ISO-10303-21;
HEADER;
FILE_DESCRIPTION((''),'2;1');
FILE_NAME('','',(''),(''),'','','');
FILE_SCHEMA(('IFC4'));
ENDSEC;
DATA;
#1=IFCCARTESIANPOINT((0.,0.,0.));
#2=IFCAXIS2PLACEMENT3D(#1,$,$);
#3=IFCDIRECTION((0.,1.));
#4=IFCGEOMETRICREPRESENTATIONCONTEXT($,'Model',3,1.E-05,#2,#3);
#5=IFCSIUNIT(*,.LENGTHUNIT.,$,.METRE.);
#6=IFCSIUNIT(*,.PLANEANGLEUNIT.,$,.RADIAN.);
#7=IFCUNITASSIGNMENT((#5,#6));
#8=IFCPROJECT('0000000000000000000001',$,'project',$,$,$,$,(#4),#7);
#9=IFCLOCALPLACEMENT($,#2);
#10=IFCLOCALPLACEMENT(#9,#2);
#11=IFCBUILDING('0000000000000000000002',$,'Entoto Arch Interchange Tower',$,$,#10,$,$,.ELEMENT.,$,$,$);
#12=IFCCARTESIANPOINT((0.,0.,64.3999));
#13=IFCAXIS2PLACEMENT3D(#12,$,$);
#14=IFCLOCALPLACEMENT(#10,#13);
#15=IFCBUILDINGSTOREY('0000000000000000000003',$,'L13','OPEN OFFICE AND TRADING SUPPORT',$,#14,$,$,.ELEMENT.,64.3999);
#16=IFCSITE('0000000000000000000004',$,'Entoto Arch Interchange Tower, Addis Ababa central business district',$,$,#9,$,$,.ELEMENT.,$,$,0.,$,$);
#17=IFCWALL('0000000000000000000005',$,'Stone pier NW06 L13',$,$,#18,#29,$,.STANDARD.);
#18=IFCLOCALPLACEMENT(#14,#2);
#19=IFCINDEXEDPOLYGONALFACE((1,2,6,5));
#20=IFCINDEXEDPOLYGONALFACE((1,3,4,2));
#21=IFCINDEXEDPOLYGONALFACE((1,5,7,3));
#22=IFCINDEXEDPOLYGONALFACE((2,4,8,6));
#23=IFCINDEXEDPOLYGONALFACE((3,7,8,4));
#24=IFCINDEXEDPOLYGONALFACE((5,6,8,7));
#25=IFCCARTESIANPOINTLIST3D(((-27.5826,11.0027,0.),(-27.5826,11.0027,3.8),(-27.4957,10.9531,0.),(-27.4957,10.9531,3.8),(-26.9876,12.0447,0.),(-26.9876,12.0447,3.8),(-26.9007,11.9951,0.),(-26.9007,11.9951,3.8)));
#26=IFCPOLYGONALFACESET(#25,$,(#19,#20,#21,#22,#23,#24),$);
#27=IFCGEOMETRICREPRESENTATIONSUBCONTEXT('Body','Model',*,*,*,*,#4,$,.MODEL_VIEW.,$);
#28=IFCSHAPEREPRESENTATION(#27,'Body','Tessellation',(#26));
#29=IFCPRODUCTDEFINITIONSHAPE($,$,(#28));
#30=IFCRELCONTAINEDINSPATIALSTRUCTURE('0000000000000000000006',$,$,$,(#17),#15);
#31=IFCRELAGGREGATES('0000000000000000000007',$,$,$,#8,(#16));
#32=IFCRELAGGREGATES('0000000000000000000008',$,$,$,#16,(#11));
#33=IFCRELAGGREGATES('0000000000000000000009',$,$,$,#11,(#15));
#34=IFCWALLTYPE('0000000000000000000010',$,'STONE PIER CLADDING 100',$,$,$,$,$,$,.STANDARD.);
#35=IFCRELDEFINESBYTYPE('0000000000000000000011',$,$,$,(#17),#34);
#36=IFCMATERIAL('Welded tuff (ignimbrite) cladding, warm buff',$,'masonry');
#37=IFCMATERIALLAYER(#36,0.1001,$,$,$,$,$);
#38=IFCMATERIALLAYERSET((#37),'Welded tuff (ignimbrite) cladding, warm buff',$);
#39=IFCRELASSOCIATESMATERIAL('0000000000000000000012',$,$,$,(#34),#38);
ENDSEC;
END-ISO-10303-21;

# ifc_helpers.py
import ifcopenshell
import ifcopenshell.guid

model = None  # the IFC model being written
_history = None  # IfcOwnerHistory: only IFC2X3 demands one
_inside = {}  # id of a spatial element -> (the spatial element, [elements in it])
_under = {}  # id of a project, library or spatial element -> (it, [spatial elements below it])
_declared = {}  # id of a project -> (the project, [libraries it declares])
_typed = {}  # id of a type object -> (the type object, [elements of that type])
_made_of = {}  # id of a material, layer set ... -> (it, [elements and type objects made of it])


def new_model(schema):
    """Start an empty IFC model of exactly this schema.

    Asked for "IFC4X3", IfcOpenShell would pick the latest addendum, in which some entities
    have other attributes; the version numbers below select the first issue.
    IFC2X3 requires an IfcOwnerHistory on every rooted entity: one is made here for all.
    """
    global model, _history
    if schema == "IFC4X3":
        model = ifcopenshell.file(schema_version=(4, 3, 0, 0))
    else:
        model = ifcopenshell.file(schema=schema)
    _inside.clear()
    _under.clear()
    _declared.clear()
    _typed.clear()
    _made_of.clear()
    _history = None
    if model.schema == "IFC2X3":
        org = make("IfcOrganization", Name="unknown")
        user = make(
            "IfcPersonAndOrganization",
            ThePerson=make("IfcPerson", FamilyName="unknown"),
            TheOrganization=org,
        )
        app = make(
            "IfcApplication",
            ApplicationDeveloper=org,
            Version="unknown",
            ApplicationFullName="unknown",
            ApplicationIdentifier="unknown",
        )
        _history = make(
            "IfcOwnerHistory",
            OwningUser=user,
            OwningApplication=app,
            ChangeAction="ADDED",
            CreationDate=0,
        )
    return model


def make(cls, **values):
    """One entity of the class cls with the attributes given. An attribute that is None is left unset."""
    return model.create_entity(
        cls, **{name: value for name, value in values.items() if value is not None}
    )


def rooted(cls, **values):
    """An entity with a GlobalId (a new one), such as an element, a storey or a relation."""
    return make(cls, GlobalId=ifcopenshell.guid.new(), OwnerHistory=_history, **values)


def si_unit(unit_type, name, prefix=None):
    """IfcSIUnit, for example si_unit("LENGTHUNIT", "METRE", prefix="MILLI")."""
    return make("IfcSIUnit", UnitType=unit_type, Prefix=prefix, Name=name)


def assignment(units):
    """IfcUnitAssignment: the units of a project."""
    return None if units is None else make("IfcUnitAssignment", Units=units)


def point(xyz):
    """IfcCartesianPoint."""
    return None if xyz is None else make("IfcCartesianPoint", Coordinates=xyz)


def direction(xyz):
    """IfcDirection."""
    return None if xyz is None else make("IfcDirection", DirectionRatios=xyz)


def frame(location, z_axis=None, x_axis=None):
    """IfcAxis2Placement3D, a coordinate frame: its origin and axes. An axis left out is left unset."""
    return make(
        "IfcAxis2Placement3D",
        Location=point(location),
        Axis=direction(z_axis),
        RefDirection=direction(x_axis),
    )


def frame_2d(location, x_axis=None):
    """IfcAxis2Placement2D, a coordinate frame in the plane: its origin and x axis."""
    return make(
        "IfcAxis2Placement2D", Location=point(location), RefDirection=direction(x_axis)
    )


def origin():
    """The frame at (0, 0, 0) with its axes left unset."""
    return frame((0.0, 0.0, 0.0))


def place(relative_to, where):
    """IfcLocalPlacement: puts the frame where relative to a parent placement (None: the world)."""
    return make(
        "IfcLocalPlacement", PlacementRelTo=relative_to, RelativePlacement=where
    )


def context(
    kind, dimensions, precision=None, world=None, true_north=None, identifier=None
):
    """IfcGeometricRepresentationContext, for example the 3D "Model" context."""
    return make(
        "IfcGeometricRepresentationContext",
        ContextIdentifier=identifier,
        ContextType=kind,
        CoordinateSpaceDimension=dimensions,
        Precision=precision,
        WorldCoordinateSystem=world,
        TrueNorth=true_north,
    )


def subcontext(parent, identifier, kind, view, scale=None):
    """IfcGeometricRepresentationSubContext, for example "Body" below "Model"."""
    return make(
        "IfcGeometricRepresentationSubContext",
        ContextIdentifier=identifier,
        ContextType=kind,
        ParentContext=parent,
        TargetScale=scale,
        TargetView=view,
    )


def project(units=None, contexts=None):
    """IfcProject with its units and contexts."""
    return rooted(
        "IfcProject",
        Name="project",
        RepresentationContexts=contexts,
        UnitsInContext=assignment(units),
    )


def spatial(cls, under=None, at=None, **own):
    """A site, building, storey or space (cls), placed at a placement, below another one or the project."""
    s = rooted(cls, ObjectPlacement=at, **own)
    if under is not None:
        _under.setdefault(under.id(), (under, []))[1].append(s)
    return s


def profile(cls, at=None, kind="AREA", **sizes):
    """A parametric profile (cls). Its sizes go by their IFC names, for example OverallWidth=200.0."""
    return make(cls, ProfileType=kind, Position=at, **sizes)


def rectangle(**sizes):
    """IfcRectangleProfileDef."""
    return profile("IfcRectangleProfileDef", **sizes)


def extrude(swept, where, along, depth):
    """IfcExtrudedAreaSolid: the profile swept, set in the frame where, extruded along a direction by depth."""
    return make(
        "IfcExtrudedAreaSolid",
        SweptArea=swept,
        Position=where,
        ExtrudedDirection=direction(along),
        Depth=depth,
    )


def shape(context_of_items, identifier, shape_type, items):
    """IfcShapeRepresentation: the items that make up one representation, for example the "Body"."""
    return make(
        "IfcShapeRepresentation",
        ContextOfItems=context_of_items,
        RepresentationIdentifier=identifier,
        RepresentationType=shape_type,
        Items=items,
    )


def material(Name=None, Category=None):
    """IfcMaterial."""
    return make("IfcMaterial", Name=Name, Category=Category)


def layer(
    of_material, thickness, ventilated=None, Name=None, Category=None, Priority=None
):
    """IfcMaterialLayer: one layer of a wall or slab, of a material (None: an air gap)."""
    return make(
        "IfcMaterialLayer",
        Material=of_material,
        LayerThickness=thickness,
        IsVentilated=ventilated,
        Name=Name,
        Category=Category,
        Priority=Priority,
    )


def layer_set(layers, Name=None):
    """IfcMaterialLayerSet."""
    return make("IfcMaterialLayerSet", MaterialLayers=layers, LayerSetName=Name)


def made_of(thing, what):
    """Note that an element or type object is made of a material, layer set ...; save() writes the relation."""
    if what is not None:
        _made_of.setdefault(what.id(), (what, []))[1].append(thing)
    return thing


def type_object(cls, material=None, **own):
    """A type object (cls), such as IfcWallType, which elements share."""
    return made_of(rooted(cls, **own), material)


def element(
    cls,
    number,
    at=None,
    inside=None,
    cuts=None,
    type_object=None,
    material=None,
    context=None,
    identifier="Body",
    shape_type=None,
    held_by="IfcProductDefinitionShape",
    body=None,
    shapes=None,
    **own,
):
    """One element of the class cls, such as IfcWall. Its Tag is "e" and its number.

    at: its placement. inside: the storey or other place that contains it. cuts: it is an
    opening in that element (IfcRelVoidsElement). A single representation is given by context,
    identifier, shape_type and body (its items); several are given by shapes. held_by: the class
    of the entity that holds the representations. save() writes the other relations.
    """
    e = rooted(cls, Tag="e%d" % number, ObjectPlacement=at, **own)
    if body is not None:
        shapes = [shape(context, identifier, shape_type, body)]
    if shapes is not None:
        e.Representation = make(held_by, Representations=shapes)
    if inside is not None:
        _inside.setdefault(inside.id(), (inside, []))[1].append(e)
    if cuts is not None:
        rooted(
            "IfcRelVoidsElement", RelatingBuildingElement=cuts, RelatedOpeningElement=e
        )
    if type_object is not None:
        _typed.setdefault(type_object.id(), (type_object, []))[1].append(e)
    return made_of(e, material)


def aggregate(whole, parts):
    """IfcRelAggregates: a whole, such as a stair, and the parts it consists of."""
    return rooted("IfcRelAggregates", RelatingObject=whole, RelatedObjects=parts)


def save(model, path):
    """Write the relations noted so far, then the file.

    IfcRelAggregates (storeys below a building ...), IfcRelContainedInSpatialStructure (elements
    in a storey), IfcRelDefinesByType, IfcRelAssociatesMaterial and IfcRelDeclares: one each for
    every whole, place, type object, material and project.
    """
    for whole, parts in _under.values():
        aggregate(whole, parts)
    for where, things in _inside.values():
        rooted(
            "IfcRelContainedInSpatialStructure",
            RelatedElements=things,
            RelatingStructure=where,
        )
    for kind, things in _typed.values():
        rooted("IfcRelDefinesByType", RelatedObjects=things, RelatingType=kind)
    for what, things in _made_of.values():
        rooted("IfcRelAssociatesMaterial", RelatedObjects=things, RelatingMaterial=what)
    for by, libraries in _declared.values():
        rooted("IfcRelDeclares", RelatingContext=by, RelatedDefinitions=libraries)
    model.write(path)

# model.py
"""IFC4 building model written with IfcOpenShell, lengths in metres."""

from ifc_helpers import new_model, si_unit, direction, frame, frame_2d, origin, place, context, subcontext, project, spatial, rectangle, extrude, material, layer, layer_set, type_object, element, save


model = new_model("IFC4")

# Units and contexts
model_context = context("Model", 3, precision=1e-05, world=origin(), true_north=direction((0.0, 1.0)))
body_context = subcontext(model_context, "Body", "Model", "MODEL_VIEW")
ifc_project = project(units=[si_unit("LENGTHUNIT", "METRE"), si_unit("PLANEANGLEUNIT", "RADIAN")], contexts=[model_context])

# Site, building, storey
site_placement = place(None, origin())
site = spatial("IfcSite", under=ifc_project, at=site_placement, Name="Entoto Arch Interchange Tower, Addis Ababa central business district", CompositionType="ELEMENT", RefElevation=0.0)
building_placement = place(site_placement, origin())
building = spatial("IfcBuilding", under=site, at=building_placement, Name="Entoto Arch Interchange Tower", CompositionType="ELEMENT")
storey_placement = place(building_placement, frame((0.0, 0.0, 64.3999)))
storey = spatial("IfcBuildingStorey", under=building, at=storey_placement, Name="L13", Description="OPEN OFFICE AND TRADING SUPPORT", CompositionType="ELEMENT", Elevation=64.3999)

# Shared definitions
ifc_material_1 = material(Name="Welded tuff (ignimbrite) cladding, warm buff", Category="masonry")

# Wall
ifc_layer_1 = layer(ifc_material_1, 0.1001)
ifc_layer_set_1 = layer_set([ifc_layer_1], Name="Welded tuff (ignimbrite) cladding, warm buff")
wall_type_1 = type_object("IfcWallType", Name="STONE PIER CLADDING 100", PredefinedType="STANDARD", material=ifc_layer_set_1)
wall_1_placement = place(storey_placement, frame((-26.9441, 12.02, 0.0), z_axis=(0.0, 0.0, 1.0), x_axis=(-0.495854, -0.868406, 0.0)))
element("IfcWall", 1, at=wall_1_placement, inside=storey, type_object=wall_type_1, Name="Stone pier NW06 L13", PredefinedType="STANDARD", context=body_context, shape_type="SweptSolid", body=[
    extrude(rectangle(XDim=1.2, YDim=0.1001, at=frame_2d((0.6001, 0.0))), origin(), (0.0, 0.0, 1.0), 3.8),
])

save(model, "model.ifc")
